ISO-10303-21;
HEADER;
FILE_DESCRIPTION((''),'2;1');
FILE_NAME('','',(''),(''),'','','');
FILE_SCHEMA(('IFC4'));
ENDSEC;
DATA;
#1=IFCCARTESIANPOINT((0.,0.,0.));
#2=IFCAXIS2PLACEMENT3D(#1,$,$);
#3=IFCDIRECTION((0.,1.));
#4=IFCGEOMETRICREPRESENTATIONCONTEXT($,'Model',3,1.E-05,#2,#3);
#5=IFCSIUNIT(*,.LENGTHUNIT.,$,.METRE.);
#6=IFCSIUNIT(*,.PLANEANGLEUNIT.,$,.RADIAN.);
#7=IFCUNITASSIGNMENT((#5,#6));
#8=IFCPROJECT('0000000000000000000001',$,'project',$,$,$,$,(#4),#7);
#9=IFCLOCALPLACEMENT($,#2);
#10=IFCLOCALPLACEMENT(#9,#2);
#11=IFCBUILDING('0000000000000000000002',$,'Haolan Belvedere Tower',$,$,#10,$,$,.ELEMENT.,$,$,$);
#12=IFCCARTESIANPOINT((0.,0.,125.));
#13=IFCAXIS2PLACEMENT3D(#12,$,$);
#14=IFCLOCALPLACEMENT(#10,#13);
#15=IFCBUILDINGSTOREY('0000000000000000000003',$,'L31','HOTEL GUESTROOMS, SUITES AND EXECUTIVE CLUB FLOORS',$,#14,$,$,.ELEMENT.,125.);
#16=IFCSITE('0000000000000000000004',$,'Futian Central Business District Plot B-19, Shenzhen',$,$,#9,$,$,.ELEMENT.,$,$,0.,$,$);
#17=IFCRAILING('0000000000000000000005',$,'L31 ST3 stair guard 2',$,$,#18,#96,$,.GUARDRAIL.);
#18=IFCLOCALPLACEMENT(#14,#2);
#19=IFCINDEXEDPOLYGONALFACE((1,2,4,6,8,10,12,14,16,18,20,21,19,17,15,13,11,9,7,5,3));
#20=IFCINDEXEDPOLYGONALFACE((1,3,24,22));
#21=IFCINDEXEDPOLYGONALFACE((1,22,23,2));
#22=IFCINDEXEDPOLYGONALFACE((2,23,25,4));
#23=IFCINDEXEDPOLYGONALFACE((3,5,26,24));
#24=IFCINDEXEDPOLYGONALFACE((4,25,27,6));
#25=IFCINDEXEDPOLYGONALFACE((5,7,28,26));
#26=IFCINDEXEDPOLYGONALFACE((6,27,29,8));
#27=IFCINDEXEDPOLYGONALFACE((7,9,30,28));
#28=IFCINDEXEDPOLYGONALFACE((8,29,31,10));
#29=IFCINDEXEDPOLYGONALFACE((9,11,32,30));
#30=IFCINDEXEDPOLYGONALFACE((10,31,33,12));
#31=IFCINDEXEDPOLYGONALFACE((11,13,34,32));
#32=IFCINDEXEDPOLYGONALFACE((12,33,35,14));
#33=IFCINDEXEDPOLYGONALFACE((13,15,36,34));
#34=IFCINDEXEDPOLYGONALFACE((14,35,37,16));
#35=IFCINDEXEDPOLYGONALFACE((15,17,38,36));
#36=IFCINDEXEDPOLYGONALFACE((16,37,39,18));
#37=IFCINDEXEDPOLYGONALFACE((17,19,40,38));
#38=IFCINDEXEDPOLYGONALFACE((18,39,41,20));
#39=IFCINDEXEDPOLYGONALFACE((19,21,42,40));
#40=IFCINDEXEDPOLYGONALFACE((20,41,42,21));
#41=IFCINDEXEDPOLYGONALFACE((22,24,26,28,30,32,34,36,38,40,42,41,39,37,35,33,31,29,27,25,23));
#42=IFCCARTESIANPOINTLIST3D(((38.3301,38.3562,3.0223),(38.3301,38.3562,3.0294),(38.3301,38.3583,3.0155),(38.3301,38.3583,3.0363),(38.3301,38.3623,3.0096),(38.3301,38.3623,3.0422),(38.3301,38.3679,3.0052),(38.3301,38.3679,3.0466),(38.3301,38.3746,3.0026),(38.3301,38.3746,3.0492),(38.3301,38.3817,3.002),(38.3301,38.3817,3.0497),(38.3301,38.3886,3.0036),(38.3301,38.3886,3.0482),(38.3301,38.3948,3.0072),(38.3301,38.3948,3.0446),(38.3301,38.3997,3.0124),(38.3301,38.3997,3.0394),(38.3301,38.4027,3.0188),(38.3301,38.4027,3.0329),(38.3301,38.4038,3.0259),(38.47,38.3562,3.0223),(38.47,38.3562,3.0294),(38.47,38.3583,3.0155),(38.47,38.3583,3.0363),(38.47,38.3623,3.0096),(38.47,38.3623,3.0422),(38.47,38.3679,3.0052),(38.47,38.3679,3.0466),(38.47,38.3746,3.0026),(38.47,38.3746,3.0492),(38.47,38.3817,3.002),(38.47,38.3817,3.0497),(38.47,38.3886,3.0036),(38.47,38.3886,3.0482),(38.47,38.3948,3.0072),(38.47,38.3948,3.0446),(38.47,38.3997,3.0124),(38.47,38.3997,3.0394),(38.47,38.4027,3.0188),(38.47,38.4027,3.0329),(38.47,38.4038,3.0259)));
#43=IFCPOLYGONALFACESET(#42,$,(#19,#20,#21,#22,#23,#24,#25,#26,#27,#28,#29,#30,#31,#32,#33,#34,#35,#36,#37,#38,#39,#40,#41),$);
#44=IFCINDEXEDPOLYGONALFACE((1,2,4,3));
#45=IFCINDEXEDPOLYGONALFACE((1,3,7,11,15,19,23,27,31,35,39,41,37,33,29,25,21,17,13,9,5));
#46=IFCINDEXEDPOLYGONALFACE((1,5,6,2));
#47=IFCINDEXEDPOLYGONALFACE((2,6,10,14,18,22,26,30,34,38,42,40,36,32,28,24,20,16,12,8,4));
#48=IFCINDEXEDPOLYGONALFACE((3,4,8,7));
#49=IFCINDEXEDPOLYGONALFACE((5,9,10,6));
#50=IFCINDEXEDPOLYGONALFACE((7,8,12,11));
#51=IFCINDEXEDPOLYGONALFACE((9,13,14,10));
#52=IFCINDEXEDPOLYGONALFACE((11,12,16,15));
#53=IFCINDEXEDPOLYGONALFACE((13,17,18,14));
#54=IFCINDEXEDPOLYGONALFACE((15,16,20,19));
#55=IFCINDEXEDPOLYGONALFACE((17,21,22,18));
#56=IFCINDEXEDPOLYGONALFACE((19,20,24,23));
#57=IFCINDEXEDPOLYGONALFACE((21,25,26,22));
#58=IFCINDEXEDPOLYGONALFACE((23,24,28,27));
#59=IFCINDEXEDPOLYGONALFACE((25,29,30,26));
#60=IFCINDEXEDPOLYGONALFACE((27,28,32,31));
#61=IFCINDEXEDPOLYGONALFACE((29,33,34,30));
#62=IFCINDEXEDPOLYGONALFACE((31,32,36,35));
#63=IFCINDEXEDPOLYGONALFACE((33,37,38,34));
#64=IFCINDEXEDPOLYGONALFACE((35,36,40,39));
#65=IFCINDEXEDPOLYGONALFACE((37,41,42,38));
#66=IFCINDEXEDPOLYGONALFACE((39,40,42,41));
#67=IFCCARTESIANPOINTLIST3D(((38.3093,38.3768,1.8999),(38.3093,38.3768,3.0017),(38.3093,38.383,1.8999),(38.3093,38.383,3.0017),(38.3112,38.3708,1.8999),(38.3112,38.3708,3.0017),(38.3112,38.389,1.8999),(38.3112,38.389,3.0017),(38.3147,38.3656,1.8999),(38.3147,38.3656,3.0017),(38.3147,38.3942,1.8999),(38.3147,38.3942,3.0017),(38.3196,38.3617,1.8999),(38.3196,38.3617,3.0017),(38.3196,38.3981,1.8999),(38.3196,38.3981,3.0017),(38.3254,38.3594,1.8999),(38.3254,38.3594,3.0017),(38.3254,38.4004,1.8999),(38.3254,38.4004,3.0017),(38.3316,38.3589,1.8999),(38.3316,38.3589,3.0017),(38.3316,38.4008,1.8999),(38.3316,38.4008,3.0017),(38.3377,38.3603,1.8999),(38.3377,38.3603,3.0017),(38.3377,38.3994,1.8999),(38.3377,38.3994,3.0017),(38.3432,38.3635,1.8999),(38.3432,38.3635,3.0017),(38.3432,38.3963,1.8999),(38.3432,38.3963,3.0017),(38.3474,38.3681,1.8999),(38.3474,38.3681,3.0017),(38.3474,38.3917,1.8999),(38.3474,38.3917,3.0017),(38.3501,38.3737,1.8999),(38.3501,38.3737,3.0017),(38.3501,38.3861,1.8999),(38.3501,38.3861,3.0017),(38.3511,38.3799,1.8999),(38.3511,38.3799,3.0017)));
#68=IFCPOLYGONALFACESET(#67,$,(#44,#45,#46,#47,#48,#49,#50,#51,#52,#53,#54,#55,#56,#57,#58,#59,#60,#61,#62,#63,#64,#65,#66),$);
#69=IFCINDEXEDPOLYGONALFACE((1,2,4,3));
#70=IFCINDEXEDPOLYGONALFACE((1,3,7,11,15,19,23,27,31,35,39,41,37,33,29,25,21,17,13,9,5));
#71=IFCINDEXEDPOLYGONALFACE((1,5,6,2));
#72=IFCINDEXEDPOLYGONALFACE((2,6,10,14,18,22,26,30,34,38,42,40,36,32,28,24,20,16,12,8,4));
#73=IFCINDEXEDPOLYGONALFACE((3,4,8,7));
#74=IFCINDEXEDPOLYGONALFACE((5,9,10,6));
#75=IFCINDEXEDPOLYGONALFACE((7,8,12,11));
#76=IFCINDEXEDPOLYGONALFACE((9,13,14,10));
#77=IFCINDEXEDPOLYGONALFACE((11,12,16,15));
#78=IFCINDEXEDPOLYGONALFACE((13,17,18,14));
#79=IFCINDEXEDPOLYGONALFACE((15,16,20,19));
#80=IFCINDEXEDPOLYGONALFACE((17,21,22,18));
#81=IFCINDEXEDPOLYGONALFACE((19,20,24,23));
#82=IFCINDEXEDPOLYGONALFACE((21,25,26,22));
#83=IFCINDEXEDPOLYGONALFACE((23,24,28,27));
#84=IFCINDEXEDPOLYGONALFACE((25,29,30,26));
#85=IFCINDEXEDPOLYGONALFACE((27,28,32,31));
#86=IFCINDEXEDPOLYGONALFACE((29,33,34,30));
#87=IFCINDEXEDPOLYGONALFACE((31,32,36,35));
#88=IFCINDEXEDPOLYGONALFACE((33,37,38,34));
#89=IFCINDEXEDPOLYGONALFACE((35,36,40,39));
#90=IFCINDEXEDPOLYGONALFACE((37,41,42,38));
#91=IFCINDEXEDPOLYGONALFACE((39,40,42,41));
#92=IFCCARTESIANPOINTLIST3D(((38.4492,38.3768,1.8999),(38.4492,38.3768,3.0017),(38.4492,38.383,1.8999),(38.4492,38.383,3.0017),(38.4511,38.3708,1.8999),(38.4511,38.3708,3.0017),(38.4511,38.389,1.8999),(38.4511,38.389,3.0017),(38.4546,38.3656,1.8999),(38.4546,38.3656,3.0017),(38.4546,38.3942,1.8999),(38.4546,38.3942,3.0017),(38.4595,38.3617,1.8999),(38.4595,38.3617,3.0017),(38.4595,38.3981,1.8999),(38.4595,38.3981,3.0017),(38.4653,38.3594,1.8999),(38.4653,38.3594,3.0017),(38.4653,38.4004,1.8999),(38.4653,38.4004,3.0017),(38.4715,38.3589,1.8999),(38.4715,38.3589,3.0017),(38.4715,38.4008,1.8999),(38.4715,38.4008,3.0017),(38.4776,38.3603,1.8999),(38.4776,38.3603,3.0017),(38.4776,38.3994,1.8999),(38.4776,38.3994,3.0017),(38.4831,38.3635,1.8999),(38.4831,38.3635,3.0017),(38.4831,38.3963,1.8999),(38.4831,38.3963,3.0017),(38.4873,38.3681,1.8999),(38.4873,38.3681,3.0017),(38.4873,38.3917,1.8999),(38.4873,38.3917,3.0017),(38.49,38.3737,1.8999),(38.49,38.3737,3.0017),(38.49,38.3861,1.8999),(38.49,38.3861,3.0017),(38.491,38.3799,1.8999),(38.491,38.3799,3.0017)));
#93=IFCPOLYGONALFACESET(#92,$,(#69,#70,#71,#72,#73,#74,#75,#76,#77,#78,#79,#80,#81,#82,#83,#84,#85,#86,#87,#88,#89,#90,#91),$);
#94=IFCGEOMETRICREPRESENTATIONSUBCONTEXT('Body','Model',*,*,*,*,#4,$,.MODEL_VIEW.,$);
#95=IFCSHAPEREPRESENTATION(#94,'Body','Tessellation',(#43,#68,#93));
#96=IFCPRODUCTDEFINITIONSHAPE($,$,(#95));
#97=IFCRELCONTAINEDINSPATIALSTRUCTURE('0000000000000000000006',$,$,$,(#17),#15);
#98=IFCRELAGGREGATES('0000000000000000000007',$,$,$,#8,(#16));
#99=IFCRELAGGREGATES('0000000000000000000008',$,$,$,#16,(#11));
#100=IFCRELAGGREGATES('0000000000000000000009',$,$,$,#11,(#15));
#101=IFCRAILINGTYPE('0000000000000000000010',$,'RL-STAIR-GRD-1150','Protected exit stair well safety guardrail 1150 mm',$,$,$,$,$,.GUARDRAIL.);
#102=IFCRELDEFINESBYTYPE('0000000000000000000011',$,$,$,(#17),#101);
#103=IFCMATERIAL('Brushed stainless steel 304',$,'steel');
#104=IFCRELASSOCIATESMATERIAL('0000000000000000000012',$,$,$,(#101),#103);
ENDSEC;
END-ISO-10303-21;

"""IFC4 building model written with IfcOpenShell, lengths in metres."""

from ifc_helpers import new_model, si_unit, direction, frame, origin, origin_2d, place, context, subcontext, project, spatial, circle, extrude, material, type_object, element, save


model = new_model("IFC4")

# Units and contexts
model_context = context("Model", 3, precision=1e-05, world=origin(), true_north=direction((0.0, 1.0)))
body_context = subcontext(model_context, "Body", "Model", "MODEL_VIEW")
ifc_project = project(units=[si_unit("LENGTHUNIT", "METRE"), si_unit("PLANEANGLEUNIT", "RADIAN")], contexts=[model_context])

# Site, building, storey
site_placement = place(None, origin())
site = spatial("IfcSite", under=ifc_project, at=site_placement, Name="Futian Central Business District Plot B-19, Shenzhen", CompositionType="ELEMENT", RefElevation=0.0)
building_placement = place(site_placement, origin())
building = spatial("IfcBuilding", under=site, at=building_placement, Name="Haolan Belvedere Tower", CompositionType="ELEMENT")
storey_placement = place(building_placement, frame((0.0, 0.0, 125.0)))
storey = spatial("IfcBuildingStorey", under=building, at=storey_placement, Name="L31", Description="HOTEL GUESTROOMS, SUITES AND EXECUTIVE CLUB FLOORS", CompositionType="ELEMENT", Elevation=125.0)

# Railing
ifc_material_1 = material(Name="Brushed stainless steel 304", Category="steel")
railing_type_1 = type_object("IfcRailingType", Name="RL-STAIR-GRD-1150", Description="Protected exit stair well safety guardrail 1150 mm", PredefinedType="GUARDRAIL", material=ifc_material_1)
railing_1_placement = place(storey_placement, frame((38.3301, 38.3799, 1.8999)))
element("IfcRailing", 1, at=railing_1_placement, inside=storey, type_object=railing_type_1, Name="L31 ST3 stair guard 2", PredefinedType="GUARDRAIL", context=body_context, shape_type="SweptSolid", body=[
    extrude(circle(Radius=0.0239, at=origin_2d()), frame((0.0, 0.0, 1.126), z_axis=(1.0, 0.0, 0.0), x_axis=(0.0, 1.0, 0.0)), (0.0, 0.0, 1.0), 0.1399),
    extrude(circle(Radius=0.021, at=origin_2d()), origin(), (0.0, 0.0, 1.0), 1.1018),
    extrude(circle(Radius=0.021, at=origin_2d()), frame((0.1399, 0.0, 0.0)), (0.0, 0.0, 1.0), 1.1018),
])

save(model, "model.ifc")
